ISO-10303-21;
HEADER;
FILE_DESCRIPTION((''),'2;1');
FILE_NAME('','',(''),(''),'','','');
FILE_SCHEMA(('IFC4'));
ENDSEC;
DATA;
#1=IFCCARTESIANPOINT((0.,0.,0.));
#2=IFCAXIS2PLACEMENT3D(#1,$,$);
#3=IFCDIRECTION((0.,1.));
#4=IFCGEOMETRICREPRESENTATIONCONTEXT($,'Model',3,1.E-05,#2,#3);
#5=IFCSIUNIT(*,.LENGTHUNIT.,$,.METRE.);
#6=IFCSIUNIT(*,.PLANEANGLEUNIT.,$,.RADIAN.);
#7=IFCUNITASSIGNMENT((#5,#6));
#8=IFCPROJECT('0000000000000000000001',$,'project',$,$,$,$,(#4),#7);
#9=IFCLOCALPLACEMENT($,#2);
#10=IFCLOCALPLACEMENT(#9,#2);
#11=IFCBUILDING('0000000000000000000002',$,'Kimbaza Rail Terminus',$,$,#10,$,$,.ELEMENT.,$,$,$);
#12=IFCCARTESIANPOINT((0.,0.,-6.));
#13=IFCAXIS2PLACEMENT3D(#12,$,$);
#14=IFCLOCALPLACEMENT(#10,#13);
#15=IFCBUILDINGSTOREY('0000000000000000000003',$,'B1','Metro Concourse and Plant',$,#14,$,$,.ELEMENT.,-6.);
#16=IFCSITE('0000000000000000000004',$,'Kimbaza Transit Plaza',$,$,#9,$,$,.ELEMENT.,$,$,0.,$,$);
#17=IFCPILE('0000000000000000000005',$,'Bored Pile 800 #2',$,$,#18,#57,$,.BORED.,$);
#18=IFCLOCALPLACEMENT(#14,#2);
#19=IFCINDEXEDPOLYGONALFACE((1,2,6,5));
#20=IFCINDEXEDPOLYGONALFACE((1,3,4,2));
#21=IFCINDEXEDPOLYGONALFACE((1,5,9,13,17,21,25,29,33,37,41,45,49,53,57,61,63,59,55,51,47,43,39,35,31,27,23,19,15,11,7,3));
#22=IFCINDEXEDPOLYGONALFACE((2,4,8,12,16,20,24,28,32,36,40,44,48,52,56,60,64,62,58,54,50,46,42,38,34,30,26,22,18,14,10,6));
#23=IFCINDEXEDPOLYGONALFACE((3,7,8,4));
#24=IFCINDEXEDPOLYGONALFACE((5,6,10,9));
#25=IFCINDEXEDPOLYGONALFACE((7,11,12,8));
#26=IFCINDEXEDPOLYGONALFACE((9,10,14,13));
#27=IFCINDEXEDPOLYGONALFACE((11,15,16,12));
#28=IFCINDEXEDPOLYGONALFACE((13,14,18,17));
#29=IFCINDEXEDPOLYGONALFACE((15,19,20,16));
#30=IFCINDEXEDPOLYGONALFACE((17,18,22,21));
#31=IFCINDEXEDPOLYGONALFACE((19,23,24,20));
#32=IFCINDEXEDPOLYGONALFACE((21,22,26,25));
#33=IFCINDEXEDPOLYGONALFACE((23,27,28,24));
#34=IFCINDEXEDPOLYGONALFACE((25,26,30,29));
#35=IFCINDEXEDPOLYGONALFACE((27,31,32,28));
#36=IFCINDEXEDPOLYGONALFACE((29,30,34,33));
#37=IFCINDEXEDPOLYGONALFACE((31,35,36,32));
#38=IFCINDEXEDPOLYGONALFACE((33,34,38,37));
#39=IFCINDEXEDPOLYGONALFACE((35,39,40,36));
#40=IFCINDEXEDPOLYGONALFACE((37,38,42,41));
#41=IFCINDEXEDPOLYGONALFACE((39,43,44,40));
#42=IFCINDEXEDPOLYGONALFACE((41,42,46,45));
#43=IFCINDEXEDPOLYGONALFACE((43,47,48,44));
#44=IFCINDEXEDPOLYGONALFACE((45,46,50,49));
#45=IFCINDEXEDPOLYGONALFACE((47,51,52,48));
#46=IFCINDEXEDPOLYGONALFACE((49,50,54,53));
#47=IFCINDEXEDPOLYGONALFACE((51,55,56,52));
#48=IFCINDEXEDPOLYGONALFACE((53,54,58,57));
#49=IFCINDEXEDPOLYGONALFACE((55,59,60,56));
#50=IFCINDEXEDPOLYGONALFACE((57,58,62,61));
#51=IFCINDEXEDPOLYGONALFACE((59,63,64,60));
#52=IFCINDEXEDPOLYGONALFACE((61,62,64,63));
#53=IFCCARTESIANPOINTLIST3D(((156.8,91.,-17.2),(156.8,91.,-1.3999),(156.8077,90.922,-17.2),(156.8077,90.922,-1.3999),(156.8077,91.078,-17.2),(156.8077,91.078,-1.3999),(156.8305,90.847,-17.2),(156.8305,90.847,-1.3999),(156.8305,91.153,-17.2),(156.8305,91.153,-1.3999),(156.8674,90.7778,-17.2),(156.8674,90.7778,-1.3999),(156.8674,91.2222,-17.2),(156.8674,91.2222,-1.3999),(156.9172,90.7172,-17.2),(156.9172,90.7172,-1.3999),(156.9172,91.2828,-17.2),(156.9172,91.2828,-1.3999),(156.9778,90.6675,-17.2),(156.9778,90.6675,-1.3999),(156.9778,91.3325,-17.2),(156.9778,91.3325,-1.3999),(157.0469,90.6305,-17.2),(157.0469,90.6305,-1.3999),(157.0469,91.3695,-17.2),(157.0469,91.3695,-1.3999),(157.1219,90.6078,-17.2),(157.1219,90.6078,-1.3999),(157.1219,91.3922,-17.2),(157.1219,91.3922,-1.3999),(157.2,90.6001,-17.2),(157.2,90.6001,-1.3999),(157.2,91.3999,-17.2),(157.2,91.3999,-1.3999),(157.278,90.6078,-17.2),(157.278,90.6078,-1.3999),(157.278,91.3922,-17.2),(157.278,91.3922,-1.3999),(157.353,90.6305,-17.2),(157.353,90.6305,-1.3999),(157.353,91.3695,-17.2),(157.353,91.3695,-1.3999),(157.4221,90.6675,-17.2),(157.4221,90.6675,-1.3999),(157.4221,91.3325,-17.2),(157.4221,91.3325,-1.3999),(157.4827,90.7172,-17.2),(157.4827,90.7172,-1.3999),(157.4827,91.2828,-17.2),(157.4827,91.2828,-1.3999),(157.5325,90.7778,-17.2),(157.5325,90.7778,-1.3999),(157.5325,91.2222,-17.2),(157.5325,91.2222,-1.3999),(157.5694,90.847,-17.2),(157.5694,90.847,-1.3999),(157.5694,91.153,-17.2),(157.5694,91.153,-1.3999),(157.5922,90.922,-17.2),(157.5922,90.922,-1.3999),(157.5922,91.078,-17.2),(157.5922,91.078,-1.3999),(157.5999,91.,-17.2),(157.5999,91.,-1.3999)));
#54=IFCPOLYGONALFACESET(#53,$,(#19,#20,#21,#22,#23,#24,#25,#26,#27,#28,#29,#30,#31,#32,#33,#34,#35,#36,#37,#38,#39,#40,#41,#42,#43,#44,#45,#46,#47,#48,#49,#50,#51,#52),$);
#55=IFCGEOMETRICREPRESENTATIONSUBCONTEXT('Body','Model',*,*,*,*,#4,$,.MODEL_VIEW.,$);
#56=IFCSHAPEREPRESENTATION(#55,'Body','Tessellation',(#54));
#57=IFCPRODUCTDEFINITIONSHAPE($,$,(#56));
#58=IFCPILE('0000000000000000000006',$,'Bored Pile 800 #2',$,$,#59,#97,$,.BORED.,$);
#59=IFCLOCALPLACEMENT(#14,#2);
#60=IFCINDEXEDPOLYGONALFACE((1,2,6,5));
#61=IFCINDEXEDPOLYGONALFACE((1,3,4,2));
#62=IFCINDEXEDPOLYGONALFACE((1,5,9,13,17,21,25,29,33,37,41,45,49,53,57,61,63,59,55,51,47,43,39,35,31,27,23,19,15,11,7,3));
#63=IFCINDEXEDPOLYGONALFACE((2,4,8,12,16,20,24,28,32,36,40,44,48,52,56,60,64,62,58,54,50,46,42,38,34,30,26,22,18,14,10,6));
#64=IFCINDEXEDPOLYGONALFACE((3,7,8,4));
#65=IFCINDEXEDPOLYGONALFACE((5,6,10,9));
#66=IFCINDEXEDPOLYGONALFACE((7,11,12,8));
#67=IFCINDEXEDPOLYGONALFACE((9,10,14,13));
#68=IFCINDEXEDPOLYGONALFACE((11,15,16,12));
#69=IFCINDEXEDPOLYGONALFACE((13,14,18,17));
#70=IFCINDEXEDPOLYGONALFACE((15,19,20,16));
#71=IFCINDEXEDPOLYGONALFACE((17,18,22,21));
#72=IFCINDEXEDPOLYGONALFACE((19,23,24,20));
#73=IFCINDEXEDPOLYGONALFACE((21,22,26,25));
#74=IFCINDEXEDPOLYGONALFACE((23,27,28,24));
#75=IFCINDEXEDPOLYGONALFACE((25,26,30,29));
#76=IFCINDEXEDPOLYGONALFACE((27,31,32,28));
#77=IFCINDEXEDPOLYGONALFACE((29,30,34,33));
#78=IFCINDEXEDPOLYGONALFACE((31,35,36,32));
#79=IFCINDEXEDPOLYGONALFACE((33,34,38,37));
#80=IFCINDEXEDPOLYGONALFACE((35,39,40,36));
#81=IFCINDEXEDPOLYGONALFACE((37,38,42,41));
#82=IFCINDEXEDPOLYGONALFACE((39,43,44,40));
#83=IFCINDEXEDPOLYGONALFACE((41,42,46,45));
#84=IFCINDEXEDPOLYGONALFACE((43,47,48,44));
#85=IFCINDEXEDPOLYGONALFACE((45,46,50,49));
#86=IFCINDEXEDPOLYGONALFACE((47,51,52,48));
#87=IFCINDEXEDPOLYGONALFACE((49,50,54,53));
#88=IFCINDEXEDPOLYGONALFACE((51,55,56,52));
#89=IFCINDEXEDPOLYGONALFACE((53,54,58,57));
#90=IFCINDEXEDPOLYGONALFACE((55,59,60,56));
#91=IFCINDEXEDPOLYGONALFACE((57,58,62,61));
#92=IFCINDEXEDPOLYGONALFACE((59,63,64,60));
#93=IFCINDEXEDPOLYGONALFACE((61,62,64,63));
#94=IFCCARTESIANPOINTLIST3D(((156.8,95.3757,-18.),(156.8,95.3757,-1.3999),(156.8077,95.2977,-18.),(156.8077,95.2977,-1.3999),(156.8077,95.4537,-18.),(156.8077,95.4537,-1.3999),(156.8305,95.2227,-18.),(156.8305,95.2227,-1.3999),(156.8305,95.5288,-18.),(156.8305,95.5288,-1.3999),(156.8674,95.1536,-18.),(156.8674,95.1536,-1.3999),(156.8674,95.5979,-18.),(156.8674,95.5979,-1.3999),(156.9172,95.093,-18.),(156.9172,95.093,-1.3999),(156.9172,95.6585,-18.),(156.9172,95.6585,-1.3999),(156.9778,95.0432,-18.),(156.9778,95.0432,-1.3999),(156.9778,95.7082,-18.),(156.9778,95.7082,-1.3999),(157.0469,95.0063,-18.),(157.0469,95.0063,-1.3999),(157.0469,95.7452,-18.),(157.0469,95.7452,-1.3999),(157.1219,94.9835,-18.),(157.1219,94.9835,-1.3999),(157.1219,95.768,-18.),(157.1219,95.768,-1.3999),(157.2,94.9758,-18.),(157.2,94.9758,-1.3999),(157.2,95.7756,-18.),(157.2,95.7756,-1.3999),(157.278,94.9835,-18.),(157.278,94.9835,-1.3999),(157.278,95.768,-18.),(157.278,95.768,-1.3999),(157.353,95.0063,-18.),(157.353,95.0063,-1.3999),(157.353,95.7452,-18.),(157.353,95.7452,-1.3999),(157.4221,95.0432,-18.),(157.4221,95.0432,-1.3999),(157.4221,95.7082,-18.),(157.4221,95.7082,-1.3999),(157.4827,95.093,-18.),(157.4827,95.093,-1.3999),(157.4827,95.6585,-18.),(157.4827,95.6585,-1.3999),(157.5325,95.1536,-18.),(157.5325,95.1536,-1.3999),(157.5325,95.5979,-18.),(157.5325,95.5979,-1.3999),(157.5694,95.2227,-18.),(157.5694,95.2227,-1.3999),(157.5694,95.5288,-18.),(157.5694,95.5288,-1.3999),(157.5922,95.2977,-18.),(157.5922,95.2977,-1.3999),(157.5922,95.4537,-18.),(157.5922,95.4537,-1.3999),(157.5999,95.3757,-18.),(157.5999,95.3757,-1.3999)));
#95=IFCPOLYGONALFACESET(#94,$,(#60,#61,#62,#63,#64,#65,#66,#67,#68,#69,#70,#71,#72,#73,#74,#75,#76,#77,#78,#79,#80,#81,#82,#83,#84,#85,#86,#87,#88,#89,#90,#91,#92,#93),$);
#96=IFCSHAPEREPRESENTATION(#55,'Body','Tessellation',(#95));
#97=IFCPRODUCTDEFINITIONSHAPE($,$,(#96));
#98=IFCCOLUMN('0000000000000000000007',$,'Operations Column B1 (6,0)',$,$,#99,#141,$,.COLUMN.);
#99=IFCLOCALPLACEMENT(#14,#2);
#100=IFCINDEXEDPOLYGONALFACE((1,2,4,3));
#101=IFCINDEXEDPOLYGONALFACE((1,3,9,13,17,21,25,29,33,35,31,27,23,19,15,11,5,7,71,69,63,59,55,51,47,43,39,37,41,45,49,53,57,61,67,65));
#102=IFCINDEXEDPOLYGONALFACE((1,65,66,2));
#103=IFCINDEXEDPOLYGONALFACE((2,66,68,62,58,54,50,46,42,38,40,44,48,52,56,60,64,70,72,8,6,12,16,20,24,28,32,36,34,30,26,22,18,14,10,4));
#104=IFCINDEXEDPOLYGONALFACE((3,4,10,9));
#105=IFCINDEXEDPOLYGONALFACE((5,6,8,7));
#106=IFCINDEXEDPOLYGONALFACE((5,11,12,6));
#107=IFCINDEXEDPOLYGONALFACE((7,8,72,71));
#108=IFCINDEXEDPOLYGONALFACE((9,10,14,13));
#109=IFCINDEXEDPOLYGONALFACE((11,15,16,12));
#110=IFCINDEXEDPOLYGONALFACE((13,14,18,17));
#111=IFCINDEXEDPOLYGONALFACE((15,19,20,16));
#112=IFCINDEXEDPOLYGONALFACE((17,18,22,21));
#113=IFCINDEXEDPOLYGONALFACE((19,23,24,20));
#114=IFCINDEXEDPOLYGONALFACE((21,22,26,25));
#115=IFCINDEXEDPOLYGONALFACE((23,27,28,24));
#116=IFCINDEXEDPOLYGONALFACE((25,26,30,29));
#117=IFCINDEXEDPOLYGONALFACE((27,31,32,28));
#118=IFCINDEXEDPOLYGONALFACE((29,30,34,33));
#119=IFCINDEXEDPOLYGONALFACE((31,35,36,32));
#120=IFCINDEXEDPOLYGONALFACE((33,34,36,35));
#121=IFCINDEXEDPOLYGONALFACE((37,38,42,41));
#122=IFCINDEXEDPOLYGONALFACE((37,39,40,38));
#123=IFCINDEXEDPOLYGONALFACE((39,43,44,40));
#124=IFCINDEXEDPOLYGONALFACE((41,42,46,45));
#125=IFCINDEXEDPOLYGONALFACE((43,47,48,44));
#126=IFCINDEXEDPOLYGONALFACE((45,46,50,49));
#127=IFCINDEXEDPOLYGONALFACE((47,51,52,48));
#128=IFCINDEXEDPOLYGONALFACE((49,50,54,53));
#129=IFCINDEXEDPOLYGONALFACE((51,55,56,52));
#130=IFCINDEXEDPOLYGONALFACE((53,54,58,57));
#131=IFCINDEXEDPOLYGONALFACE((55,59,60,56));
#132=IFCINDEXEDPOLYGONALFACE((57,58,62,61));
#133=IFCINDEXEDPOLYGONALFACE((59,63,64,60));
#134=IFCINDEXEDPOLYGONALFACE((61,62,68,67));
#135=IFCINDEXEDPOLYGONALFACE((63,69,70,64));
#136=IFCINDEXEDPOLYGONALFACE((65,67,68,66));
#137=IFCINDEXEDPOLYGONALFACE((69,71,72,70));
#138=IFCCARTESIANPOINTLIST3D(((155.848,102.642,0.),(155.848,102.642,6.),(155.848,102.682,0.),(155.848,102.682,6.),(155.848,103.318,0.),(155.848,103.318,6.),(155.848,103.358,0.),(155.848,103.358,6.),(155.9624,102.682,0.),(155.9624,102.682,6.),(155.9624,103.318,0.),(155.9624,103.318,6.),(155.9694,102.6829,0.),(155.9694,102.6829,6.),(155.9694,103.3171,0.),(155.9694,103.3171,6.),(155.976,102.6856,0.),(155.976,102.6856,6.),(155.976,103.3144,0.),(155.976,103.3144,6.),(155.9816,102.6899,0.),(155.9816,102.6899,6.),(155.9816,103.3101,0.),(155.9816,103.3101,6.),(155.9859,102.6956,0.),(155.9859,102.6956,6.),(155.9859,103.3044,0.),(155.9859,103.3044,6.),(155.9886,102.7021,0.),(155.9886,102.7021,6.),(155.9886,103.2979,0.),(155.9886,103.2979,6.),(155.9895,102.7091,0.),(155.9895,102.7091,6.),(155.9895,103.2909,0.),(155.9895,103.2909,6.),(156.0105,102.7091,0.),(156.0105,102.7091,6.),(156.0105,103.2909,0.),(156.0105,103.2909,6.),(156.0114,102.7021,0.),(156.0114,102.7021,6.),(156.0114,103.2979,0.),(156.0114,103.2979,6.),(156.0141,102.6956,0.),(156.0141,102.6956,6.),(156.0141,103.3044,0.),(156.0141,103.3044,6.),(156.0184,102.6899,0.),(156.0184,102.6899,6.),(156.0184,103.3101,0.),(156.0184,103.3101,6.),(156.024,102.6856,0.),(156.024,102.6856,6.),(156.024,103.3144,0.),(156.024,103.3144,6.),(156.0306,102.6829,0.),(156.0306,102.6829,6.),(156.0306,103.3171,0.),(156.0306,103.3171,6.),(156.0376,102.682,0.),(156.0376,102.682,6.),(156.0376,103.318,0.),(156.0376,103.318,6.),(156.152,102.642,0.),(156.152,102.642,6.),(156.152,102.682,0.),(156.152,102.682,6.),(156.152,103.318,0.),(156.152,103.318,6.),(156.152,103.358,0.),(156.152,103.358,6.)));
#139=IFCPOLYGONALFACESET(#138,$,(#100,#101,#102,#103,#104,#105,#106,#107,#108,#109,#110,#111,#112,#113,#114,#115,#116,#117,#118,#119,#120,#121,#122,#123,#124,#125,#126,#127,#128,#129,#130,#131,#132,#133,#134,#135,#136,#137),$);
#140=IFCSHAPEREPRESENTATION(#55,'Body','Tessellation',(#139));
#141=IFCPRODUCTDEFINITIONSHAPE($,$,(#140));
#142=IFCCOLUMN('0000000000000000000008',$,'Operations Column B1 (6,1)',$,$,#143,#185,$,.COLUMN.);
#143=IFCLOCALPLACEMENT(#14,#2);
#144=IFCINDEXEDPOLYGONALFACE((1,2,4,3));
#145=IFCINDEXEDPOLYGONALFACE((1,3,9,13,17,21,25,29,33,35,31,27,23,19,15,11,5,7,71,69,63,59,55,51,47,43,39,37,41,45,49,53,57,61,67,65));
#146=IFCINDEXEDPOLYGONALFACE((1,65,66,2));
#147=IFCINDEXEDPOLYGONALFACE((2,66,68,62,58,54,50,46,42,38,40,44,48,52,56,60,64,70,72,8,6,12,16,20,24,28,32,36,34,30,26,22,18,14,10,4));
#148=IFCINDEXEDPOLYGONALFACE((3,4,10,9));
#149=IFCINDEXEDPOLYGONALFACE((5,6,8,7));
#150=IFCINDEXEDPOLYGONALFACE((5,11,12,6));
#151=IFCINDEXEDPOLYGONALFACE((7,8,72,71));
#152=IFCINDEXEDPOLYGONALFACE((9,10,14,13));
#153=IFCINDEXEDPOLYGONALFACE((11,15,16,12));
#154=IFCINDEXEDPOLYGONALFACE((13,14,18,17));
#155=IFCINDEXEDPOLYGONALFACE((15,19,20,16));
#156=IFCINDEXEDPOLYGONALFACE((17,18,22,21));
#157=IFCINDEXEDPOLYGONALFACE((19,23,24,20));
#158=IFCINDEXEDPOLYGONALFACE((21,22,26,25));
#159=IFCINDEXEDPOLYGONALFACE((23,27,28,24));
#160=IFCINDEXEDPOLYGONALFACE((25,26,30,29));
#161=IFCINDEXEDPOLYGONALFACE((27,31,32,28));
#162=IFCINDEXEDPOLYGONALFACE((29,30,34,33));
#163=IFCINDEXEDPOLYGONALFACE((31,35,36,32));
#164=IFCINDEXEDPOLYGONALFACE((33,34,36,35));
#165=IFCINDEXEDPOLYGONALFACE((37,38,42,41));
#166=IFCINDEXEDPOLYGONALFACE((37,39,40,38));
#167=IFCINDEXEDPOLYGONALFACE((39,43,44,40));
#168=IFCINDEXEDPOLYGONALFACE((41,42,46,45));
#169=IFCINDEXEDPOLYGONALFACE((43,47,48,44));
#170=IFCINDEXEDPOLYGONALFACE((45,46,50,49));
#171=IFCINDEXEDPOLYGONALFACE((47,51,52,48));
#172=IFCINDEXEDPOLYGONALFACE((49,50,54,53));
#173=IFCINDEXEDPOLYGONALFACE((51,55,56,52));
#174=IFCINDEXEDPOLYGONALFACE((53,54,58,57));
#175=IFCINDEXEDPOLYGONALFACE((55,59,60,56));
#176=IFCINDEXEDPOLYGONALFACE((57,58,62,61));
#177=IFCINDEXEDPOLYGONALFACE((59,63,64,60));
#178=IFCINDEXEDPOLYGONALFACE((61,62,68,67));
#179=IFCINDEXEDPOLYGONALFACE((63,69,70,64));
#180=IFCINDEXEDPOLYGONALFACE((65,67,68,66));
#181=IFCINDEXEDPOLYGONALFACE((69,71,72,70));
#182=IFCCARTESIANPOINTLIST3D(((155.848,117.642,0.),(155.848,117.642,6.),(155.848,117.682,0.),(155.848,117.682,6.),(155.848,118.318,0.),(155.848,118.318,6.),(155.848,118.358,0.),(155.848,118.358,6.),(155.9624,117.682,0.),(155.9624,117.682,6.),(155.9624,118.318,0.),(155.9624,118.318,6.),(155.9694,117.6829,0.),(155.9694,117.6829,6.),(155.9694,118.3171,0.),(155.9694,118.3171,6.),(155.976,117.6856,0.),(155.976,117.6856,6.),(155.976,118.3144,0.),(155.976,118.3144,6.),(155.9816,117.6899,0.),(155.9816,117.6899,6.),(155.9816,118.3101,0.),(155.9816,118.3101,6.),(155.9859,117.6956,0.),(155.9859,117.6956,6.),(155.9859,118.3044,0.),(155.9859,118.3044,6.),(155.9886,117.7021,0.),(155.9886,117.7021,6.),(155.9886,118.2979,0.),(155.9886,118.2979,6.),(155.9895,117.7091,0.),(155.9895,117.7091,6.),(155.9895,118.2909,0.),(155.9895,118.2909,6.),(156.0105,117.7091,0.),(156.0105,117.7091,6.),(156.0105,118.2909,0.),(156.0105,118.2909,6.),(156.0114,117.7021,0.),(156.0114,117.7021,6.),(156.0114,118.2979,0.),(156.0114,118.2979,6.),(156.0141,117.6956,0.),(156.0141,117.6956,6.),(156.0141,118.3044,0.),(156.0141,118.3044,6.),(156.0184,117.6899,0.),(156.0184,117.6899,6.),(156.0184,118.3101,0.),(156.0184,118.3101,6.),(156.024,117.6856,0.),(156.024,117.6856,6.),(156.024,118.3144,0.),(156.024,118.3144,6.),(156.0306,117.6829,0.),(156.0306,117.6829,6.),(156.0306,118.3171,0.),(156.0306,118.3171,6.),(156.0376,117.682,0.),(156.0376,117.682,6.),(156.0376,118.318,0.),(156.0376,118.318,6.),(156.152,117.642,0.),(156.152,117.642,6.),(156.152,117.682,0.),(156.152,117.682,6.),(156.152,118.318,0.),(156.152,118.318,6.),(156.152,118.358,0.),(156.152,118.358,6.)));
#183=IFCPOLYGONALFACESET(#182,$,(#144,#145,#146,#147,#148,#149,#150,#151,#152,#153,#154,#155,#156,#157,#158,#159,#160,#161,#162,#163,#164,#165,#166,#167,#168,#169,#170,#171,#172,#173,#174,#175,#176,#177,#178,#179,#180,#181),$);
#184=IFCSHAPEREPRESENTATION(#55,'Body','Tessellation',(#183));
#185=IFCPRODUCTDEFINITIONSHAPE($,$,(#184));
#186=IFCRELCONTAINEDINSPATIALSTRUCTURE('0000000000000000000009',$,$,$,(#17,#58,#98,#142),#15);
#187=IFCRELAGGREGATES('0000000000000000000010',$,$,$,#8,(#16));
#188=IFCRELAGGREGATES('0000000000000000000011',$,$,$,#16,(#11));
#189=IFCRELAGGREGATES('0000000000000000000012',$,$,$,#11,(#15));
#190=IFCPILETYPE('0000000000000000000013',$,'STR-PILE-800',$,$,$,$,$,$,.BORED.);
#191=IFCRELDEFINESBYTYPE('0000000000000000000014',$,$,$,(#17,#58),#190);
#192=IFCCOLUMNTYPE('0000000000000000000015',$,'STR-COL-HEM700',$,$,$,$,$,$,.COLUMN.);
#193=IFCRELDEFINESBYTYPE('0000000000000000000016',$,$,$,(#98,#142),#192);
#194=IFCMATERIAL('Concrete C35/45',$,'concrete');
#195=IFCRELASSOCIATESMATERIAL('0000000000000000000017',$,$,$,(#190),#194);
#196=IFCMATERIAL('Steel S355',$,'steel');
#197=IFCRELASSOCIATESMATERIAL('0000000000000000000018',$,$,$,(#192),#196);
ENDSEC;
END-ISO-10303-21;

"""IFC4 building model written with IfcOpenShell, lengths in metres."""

from ifc_helpers import new_model, si_unit, direction, frame, origin, origin_2d, place, context, subcontext, project, spatial, circle, i_section, extrude, material, material_profile, profile_set, type_object, element, save


model = new_model("IFC4")

# Units and contexts
model_context = context("Model", 3, precision=1e-05, world=origin(), true_north=direction((0.0, 1.0)))
body_context = subcontext(model_context, "Body", "Model", "MODEL_VIEW")
ifc_project = project(units=[si_unit("LENGTHUNIT", "METRE"), si_unit("PLANEANGLEUNIT", "RADIAN")], contexts=[model_context])

# Site, building, storey
site_placement = place(None, origin())
site = spatial("IfcSite", under=ifc_project, at=site_placement, Name="Kimbaza Transit Plaza", CompositionType="ELEMENT", RefElevation=0.0)
building_placement = place(site_placement, origin())
building = spatial("IfcBuilding", under=site, at=building_placement, Name="Kimbaza Rail Terminus", CompositionType="ELEMENT")
storey_placement = place(building_placement, frame((0.0, 0.0, -6.0)))
storey = spatial("IfcBuildingStorey", under=building, at=storey_placement, Name="B1", Description="Metro Concourse and Plant", CompositionType="ELEMENT", Elevation=-6.0)

# Piles
ifc_material_1 = material(Name="Concrete C35/45", Category="concrete")
ifc_material_profile_1 = material_profile(ifc_material_1, circle(Radius=0.3999, at=origin_2d()), Name="BORED PILE 800")
ifc_profile_set_1 = profile_set([ifc_material_profile_1], Name="Concrete C35/45")
pile_type = type_object("IfcPileType", Name="STR-PILE-800", PredefinedType="BORED", material=ifc_profile_set_1)
pile_1_placement = place(storey_placement, frame((157.2, 91.0, -1.3999), z_axis=(0.0, 0.0, -1.0), x_axis=(1.0, 0.0, 0.0)))
element("IfcPile", 1, at=pile_1_placement, inside=storey, type_object=pile_type, Name="Bored Pile 800 #2", PredefinedType="BORED", context=body_context, shape_type="SweptSolid", body=[
    extrude(circle(Radius=0.3999, at=origin_2d()), origin(), (0.0, 0.0, 1.0), 15.8),
])
pile_2_placement = place(storey_placement, frame((157.2, 95.3757, -1.3999), z_axis=(0.0, 0.0, -1.0), x_axis=(1.0, 0.0, 0.0)))
element("IfcPile", 2, at=pile_2_placement, inside=storey, type_object=pile_type, Name="Bored Pile 800 #2", PredefinedType="BORED", context=body_context, shape_type="SweptSolid", body=[
    extrude(circle(Radius=0.3999, at=origin_2d()), origin(), (0.0, 0.0, 1.0), 16.6001),
])

# Columns
ifc_material_2 = material(Name="Steel S355", Category="steel")
ifc_material_profile_2 = material_profile(ifc_material_2, i_section(OverallWidth=0.304, OverallDepth=0.7161, WebThickness=0.021, FlangeThickness=0.04, FilletRadius=0.0271, at=origin_2d()), Name="HEM 700")
ifc_profile_set_2 = profile_set([ifc_material_profile_2], Name="Steel S355")
column_type_1 = type_object("IfcColumnType", Name="STR-COL-HEM700", PredefinedType="COLUMN", material=ifc_profile_set_2)
for number, where, z_axis, x_axis, name in (
    (3, (156.0, 103.0, 0.0), (0.0, 0.0, 1.0), (1.0, 0.0, 0.0), "Operations Column B1 (6,0)"),
    (4, (156.0, 118.0, 0.0), (0.0, 0.0, 1.0), (1.0, 0.0, 0.0), "Operations Column B1 (6,1)"),
):
    element("IfcColumn", number, at=place(storey_placement, frame(where, z_axis=z_axis, x_axis=x_axis)), inside=storey, type_object=column_type_1, Name=name, PredefinedType="COLUMN", context=body_context, shape_type="SweptSolid", body=[
        extrude(i_section(OverallWidth=0.304, OverallDepth=0.7161, WebThickness=0.021, FlangeThickness=0.04, FilletRadius=0.0271, at=origin_2d()), origin(), (0.0, 0.0, 1.0), 6.0),
    ])

save(model, "model.ifc")
